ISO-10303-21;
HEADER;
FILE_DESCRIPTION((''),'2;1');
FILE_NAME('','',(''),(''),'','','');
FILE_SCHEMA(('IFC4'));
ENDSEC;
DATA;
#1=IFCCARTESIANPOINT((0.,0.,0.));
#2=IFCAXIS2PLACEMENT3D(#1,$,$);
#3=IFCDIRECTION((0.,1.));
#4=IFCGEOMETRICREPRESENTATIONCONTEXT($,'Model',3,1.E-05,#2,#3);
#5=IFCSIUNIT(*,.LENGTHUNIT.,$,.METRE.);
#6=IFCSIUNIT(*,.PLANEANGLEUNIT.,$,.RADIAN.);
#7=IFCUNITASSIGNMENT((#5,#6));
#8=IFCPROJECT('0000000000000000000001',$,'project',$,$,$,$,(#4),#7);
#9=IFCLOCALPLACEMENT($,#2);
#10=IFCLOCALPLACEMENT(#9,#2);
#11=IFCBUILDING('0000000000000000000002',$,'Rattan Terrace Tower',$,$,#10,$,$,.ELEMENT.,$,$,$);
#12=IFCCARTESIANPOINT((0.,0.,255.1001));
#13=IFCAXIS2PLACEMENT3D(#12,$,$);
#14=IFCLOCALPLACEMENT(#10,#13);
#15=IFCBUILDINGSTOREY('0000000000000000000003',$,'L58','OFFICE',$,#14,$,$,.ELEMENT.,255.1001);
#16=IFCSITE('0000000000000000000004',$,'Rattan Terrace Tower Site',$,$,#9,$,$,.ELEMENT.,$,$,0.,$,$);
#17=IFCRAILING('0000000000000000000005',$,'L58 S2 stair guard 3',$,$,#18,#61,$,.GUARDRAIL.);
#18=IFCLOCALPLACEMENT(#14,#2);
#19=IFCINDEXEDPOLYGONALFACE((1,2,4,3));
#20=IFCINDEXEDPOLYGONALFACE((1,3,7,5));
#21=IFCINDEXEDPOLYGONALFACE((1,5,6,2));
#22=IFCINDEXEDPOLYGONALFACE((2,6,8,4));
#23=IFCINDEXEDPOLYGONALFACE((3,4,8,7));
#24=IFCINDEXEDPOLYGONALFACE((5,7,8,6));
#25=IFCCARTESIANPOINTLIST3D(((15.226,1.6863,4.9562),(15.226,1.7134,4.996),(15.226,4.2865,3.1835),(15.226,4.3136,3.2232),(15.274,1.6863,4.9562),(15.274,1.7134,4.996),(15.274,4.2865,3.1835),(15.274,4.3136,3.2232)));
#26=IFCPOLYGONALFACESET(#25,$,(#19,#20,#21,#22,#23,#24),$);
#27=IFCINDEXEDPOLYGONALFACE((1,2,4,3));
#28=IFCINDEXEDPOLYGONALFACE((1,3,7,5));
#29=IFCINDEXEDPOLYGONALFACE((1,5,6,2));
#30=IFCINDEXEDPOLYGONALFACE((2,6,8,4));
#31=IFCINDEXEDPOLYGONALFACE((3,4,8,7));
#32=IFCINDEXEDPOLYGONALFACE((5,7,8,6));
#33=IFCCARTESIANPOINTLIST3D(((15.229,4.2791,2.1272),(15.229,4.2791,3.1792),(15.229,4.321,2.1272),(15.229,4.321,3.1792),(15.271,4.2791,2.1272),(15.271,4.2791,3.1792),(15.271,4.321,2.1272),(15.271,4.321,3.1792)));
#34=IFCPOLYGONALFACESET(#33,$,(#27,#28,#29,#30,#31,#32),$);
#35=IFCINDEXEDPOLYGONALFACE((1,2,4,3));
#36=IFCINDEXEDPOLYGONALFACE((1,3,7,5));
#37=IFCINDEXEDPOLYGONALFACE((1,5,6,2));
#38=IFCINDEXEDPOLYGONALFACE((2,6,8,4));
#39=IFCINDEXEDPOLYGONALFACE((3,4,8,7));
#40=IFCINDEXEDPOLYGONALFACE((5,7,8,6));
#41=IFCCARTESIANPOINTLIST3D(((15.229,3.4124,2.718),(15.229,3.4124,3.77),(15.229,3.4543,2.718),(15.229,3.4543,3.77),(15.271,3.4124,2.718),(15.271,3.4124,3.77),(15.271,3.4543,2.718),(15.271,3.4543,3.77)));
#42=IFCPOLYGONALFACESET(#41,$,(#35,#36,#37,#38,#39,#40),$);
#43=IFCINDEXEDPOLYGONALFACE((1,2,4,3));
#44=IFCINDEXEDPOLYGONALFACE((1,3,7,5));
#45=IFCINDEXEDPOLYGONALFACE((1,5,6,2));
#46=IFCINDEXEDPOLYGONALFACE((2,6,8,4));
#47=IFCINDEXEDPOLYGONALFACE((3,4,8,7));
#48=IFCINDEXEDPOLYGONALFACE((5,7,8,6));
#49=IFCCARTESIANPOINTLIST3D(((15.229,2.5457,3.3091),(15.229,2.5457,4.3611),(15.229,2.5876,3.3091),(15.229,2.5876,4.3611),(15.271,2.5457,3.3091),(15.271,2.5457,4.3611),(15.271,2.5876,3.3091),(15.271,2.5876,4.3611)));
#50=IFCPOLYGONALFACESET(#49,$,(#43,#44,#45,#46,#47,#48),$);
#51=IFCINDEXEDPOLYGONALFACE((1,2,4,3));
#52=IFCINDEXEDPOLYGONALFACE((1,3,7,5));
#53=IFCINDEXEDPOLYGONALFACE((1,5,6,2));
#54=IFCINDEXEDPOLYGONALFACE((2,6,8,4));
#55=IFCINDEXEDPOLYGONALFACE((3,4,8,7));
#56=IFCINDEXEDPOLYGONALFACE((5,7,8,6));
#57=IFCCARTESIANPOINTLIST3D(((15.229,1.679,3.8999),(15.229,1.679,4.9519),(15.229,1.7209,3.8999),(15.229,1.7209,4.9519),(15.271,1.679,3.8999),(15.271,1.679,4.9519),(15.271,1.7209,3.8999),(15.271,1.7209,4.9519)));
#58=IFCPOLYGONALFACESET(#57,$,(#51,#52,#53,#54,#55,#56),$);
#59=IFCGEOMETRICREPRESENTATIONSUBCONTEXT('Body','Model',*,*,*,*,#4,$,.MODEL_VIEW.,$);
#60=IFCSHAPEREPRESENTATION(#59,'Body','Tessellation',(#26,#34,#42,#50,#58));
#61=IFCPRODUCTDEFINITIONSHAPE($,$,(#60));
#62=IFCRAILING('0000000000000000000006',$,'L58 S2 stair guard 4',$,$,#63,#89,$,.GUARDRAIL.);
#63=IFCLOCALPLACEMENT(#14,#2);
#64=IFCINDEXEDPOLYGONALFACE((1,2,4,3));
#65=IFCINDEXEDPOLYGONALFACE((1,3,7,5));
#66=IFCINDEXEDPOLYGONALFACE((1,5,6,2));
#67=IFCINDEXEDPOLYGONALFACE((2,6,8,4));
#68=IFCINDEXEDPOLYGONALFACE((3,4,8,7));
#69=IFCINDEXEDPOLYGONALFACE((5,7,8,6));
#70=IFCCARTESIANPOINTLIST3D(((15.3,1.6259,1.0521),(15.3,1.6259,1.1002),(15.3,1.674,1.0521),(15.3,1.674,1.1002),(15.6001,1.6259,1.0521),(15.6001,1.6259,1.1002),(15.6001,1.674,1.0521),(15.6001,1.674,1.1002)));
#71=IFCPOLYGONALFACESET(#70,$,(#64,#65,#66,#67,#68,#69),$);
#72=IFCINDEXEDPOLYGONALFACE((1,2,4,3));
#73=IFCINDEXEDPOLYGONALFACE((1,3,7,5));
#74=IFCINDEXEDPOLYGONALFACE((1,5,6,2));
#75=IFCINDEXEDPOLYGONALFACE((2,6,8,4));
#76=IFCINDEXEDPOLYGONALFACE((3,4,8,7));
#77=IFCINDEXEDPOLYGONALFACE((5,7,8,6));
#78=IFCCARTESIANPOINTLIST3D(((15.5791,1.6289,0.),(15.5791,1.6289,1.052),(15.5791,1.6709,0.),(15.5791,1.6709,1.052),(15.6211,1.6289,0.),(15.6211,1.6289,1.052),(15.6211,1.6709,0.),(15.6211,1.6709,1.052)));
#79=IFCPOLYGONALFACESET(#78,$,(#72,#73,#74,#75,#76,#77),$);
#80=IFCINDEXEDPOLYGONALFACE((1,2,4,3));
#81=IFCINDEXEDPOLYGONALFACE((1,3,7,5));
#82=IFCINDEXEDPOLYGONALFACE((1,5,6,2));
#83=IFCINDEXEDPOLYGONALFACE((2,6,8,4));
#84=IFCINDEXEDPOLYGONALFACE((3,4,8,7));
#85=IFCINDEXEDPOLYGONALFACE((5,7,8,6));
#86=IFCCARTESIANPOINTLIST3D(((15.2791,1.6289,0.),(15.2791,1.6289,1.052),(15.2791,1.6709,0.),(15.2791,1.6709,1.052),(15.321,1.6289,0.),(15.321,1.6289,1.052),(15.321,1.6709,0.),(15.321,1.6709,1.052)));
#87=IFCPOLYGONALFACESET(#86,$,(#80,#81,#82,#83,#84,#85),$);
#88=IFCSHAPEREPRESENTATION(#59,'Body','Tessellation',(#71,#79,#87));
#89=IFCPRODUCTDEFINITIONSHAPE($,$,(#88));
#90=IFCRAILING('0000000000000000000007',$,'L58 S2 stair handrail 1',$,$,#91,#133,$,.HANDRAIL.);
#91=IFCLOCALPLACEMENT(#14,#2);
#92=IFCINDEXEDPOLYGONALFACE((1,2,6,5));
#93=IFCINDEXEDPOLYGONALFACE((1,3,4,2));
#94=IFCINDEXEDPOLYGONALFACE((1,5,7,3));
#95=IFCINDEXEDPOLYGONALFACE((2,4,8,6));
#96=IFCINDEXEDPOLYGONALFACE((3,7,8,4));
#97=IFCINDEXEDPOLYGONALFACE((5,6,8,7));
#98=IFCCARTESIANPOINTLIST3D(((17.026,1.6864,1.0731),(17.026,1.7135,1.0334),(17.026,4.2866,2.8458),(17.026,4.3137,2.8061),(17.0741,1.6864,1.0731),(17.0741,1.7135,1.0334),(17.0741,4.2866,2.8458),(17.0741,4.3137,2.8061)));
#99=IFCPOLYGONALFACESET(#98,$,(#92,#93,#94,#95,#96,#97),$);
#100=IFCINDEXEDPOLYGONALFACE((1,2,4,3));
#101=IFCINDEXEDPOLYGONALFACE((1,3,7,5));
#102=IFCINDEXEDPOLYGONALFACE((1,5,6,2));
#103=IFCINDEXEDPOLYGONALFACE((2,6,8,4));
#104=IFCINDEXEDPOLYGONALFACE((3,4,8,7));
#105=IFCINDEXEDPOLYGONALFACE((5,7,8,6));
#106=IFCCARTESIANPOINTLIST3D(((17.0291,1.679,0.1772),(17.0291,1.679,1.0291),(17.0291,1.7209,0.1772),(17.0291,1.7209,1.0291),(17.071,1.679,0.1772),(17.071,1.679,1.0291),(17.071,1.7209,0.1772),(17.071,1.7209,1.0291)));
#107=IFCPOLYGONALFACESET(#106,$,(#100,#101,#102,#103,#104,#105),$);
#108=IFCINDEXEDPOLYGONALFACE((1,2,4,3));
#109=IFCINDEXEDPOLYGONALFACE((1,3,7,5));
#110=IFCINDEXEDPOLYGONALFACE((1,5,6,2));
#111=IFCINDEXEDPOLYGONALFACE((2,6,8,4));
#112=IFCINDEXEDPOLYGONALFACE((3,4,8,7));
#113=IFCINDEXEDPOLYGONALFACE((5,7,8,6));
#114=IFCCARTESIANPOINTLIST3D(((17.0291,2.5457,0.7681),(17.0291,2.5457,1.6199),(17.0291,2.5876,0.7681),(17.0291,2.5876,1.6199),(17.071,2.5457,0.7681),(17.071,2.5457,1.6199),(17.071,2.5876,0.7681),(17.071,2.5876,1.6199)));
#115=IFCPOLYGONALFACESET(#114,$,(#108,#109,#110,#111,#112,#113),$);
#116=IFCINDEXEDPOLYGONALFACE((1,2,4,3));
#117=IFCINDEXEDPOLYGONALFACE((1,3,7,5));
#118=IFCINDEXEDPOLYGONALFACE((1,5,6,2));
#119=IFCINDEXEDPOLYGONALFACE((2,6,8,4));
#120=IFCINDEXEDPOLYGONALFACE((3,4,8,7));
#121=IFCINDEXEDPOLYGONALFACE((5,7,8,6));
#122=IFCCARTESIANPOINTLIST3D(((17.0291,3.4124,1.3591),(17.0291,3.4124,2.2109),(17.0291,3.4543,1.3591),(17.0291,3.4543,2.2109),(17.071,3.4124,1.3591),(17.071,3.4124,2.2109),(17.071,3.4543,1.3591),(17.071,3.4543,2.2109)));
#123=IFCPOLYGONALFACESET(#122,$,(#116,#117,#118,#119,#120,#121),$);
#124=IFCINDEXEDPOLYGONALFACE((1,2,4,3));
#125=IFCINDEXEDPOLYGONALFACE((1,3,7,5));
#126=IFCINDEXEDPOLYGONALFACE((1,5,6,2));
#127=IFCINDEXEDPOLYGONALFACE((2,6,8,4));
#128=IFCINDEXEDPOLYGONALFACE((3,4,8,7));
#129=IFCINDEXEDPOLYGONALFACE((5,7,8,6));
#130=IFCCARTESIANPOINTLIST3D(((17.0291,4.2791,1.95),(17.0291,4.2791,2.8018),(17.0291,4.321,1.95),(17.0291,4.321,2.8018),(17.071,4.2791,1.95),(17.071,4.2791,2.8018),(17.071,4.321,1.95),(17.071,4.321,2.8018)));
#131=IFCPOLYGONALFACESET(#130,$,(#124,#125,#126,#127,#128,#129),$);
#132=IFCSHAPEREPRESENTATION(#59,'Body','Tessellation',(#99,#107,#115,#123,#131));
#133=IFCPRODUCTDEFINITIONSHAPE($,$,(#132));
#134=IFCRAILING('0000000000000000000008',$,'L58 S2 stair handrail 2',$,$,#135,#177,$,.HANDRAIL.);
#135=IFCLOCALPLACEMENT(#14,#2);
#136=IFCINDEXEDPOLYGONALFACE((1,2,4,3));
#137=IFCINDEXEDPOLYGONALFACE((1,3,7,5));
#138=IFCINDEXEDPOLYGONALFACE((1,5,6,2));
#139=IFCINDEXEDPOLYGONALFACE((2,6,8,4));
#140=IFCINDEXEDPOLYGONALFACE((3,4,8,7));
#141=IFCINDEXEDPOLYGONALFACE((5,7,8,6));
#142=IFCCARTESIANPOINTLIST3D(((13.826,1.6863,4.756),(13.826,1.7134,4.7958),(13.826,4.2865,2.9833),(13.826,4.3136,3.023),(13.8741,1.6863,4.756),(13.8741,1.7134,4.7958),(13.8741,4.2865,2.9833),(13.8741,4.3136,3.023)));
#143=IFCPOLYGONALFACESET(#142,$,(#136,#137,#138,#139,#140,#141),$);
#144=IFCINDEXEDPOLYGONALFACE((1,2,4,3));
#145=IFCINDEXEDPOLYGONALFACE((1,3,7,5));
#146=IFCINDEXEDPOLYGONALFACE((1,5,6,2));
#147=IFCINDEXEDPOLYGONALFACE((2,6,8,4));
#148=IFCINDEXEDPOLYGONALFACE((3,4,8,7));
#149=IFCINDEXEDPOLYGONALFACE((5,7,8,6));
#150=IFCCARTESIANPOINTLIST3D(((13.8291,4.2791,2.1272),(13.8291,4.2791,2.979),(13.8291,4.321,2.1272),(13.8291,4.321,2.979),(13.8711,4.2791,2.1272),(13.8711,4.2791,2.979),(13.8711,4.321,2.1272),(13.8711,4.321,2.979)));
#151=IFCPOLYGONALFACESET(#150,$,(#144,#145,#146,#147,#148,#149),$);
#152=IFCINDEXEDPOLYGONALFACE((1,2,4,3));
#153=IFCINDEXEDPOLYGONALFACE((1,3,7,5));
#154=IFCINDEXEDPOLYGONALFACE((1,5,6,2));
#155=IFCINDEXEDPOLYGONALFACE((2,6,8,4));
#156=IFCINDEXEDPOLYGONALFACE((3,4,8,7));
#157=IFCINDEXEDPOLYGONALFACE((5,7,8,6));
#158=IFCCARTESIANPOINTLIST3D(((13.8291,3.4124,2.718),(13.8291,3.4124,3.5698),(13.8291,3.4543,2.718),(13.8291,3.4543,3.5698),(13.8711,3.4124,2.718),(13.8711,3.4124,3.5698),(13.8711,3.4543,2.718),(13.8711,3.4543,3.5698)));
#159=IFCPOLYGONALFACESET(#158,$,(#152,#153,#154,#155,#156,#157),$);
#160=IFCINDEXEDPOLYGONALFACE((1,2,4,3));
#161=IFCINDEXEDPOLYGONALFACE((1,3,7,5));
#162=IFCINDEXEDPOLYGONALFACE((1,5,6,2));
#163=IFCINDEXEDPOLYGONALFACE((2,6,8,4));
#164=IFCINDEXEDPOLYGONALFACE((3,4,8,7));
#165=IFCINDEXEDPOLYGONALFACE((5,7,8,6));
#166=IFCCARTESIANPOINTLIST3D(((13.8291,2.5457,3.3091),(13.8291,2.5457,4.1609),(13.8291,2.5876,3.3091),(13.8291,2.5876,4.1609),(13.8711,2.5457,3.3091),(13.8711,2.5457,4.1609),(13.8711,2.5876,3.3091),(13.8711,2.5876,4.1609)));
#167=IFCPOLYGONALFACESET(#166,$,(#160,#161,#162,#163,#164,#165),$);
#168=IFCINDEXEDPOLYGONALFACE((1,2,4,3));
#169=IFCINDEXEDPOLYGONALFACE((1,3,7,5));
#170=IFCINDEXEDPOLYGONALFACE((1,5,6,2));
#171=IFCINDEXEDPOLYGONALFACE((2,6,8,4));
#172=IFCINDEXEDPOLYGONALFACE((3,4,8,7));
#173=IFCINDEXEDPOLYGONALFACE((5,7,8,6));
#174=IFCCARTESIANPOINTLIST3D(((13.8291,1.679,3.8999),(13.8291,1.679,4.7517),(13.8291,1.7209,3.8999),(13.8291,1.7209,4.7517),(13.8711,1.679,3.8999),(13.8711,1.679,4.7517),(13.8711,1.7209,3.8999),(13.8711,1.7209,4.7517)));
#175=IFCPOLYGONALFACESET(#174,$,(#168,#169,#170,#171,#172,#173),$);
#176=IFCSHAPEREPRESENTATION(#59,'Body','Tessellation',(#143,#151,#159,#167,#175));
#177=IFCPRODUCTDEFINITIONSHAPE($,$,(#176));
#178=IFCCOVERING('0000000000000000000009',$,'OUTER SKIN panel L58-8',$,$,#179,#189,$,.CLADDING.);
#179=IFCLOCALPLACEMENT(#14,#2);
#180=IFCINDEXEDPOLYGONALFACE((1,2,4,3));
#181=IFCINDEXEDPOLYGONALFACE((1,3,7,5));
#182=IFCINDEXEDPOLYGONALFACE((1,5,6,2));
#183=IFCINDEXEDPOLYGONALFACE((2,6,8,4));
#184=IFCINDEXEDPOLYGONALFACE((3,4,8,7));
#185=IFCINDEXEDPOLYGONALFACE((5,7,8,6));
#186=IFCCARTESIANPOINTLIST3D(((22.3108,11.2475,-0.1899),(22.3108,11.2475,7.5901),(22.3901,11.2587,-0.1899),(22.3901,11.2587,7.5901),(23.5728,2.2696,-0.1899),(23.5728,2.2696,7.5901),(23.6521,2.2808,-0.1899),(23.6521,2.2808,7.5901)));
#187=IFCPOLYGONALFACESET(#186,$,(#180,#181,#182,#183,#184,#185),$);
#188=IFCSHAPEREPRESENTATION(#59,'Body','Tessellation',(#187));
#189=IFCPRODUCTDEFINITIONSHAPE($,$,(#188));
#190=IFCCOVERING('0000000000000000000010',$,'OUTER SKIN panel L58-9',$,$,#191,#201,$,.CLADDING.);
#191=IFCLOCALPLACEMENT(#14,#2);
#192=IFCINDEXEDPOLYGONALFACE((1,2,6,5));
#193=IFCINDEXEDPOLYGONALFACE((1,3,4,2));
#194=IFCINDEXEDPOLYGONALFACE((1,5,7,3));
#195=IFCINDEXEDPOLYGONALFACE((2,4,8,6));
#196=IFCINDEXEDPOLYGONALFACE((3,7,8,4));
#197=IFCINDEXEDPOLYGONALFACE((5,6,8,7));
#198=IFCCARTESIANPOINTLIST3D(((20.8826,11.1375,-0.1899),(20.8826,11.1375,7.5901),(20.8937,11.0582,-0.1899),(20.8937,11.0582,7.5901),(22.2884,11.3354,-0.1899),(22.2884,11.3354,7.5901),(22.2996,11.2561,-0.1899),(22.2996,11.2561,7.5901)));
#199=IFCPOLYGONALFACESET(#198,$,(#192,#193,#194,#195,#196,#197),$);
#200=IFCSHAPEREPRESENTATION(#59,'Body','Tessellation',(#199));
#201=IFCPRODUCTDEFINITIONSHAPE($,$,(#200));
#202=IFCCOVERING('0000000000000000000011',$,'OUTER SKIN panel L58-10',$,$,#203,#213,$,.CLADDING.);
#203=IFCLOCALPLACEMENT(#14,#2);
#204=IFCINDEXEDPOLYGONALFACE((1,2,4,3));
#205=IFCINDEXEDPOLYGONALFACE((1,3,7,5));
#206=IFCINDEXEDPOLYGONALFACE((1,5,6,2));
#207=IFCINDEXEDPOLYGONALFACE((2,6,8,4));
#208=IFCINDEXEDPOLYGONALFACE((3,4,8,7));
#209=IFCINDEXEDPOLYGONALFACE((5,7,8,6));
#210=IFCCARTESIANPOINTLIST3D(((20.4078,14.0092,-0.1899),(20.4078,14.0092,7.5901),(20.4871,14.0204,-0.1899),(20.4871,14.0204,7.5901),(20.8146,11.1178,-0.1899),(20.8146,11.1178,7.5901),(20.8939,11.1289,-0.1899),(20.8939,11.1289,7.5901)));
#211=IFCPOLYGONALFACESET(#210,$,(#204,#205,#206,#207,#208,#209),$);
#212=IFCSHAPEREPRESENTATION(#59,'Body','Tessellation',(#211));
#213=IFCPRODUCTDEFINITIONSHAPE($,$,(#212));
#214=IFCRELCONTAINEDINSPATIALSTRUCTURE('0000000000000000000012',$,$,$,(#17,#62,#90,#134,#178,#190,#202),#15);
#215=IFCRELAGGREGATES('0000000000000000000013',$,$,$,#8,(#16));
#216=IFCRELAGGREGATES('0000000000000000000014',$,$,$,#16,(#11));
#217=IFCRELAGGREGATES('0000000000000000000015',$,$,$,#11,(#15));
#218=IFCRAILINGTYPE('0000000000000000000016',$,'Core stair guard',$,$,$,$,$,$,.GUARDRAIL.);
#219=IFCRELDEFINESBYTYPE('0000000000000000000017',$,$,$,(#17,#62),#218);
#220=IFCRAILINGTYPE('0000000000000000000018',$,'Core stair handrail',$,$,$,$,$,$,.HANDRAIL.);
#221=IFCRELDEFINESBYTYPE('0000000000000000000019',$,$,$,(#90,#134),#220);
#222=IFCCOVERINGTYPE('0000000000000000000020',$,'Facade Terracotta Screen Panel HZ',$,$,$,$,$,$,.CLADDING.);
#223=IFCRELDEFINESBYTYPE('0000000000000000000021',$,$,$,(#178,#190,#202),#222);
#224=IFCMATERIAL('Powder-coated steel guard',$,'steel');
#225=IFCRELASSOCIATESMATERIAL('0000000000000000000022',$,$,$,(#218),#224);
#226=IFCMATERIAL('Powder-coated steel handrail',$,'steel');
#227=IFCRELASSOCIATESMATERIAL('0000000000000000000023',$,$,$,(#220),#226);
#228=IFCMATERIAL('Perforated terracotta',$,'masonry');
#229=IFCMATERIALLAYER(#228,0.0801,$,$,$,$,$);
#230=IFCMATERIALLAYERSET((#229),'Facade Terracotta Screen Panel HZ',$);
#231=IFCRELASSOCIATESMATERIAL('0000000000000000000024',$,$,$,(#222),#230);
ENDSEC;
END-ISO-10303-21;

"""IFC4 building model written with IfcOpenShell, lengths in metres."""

from ifc_helpers import new_model, si_unit, direction, frame, origin, origin_2d, place, context, subcontext, project, spatial, rectangle, extrude, material, layer, layer_set, type_object, element, save


model = new_model("IFC4")

# Units and contexts
model_context = context("Model", 3, precision=1e-05, world=origin(), true_north=direction((0.0, 1.0)))
body_context = subcontext(model_context, "Body", "Model", "MODEL_VIEW")
ifc_project = project(units=[si_unit("LENGTHUNIT", "METRE"), si_unit("PLANEANGLEUNIT", "RADIAN")], contexts=[model_context])

# Site, building, storey
site_placement = place(None, origin())
site = spatial("IfcSite", under=ifc_project, at=site_placement, Name="Rattan Terrace Tower Site", CompositionType="ELEMENT", RefElevation=0.0)
building_placement = place(site_placement, origin())
building = spatial("IfcBuilding", under=site, at=building_placement, Name="Rattan Terrace Tower", CompositionType="ELEMENT")
storey_placement = place(building_placement, frame((0.0, 0.0, 255.1001)))
storey = spatial("IfcBuildingStorey", under=building, at=storey_placement, Name="L58", Description="OFFICE", CompositionType="ELEMENT", Elevation=255.1001)

# Railings
ifc_material_1 = material(Name="Powder-coated steel guard", Category="steel")
railing_type_1 = type_object("IfcRailingType", Name="Core stair guard", PredefinedType="GUARDRAIL", material=ifc_material_1)
railing_1_placement = place(storey_placement, frame((15.25, 4.3, 2.1272)))
element("IfcRailing", 1, at=railing_1_placement, inside=storey, type_object=railing_type_1, Name="L58 S2 stair guard 3", PredefinedType="GUARDRAIL", context=body_context, shape_type="SweptSolid", body=[
    extrude(rectangle(XDim=0.0481, YDim=0.0481, at=origin_2d()), frame((0.0, 0.0, 1.0762), z_axis=(0.0, -0.82624, 0.563318), x_axis=(1.0, 0.0, 0.0)), (0.0, 0.0, 1.0), 3.147),
    extrude(rectangle(XDim=0.042, YDim=0.042, at=origin_2d()), origin(), (0.0, 0.0, 1.0), 1.052),
    extrude(rectangle(XDim=0.042, YDim=0.042, at=origin_2d()), frame((0.0, -0.8667, 0.5908)), (0.0, 0.0, 1.0), 1.052),
    extrude(rectangle(XDim=0.042, YDim=0.042, at=origin_2d()), frame((0.0, -1.7334, 1.1819)), (0.0, 0.0, 1.0), 1.052),
    extrude(rectangle(XDim=0.042, YDim=0.042, at=origin_2d()), frame((0.0, -2.6001, 1.7727)), (0.0, 0.0, 1.0), 1.052),
])
railing_2_placement = place(storey_placement, frame((15.6001, 1.6499, 0.0)))
element("IfcRailing", 2, at=railing_2_placement, inside=storey, type_object=railing_type_1, Name="L58 S2 stair guard 4", PredefinedType="GUARDRAIL", context=body_context, shape_type="SweptSolid", body=[
    extrude(rectangle(XDim=0.0481, YDim=0.0481, at=origin_2d()), frame((0.0, 0.0, 1.0762), z_axis=(-1.0, 0.0, 0.0), x_axis=(0.0, -1.0, 0.0)), (0.0, 0.0, 1.0), 0.3),
    extrude(rectangle(XDim=0.042, YDim=0.042, at=origin_2d()), origin(), (0.0, 0.0, 1.0), 1.052),
    extrude(rectangle(XDim=0.042, YDim=0.042, at=origin_2d()), frame((-0.3, 0.0, 0.0)), (0.0, 0.0, 1.0), 1.052),
])
ifc_material_2 = material(Name="Powder-coated steel handrail", Category="steel")
railing_type_2 = type_object("IfcRailingType", Name="Core stair handrail", PredefinedType="HANDRAIL", material=ifc_material_2)
railing_3_placement = place(storey_placement, frame((17.05, 1.7, 0.1772)))
element("IfcRailing", 3, at=railing_3_placement, inside=storey, type_object=railing_type_2, Name="L58 S2 stair handrail 1", PredefinedType="HANDRAIL", context=body_context, shape_type="SweptSolid", body=[
    extrude(rectangle(XDim=0.0481, YDim=0.0481, at=origin_2d()), frame((0.0, 0.0, 0.876), z_axis=(0.0, 0.82624, 0.563318), x_axis=(-1.0, 0.0, 0.0)), (0.0, 0.0, 1.0), 3.147),
    extrude(rectangle(XDim=0.042, YDim=0.042, at=origin_2d()), origin(), (0.0, 0.0, 1.0), 0.8518),
    extrude(rectangle(XDim=0.042, YDim=0.042, at=origin_2d()), frame((0.0, 0.8667, 0.5908)), (0.0, 0.0, 1.0), 0.8518),
    extrude(rectangle(XDim=0.042, YDim=0.042, at=origin_2d()), frame((0.0, 1.7334, 1.1819)), (0.0, 0.0, 1.0), 0.8518),
    extrude(rectangle(XDim=0.042, YDim=0.042, at=origin_2d()), frame((0.0, 2.6001, 1.7727)), (0.0, 0.0, 1.0), 0.8518),
])
railing_4_placement = place(storey_placement, frame((13.8501, 4.3, 2.1272)))
element("IfcRailing", 4, at=railing_4_placement, inside=storey, type_object=railing_type_2, Name="L58 S2 stair handrail 2", PredefinedType="HANDRAIL", context=body_context, shape_type="SweptSolid", body=[
    extrude(rectangle(XDim=0.0481, YDim=0.0481, at=origin_2d()), frame((0.0, 0.0, 0.876), z_axis=(0.0, -0.82624, 0.563318), x_axis=(1.0, 0.0, 0.0)), (0.0, 0.0, 1.0), 3.147),
    extrude(rectangle(XDim=0.042, YDim=0.042, at=origin_2d()), origin(), (0.0, 0.0, 1.0), 0.8518),
    extrude(rectangle(XDim=0.042, YDim=0.042, at=origin_2d()), frame((0.0, -0.8667, 0.5908)), (0.0, 0.0, 1.0), 0.8518),
    extrude(rectangle(XDim=0.042, YDim=0.042, at=origin_2d()), frame((0.0, -1.7334, 1.1819)), (0.0, 0.0, 1.0), 0.8518),
    extrude(rectangle(XDim=0.042, YDim=0.042, at=origin_2d()), frame((0.0, -2.6001, 1.7727)), (0.0, 0.0, 1.0), 0.8518),
])

# Coverings
ifc_material_3 = material(Name="Perforated terracotta", Category="masonry")
ifc_layer_1 = layer(ifc_material_3, 0.0801)
ifc_layer_set_1 = layer_set([ifc_layer_1], Name="Facade Terracotta Screen Panel HZ")
covering_type = type_object("IfcCoveringType", Name="Facade Terracotta Screen Panel HZ", PredefinedType="CLADDING", material=ifc_layer_set_1)
covering_1_placement = place(storey_placement, frame((22.9814, 6.7642, -0.1899), z_axis=(0.0, 0.0, 1.0), x_axis=(-0.139192, 0.990265, 0.0)))
element("IfcCovering", 5, at=covering_1_placement, inside=storey, type_object=covering_type, Name="OUTER SKIN panel L58-8", PredefinedType="CLADDING", context=body_context, shape_type="SweptSolid", body=[
    extrude(rectangle(XDim=9.0662, YDim=0.0801, at=origin_2d()), origin(), (0.0, 0.0, 1.0), 7.78),
])
covering_2_placement = place(storey_placement, frame((21.5911, 11.1968, -0.1899), z_axis=(0.0, 0.0, 1.0), x_axis=(-0.990241, -0.139367, 0.0)))
element("IfcCovering", 6, at=covering_2_placement, inside=storey, type_object=covering_type, Name="OUTER SKIN panel L58-9", PredefinedType="CLADDING", context=body_context, shape_type="SweptSolid", body=[
    extrude(rectangle(XDim=1.4197, YDim=0.0801, at=origin_2d()), origin(), (0.0, 0.0, 1.0), 7.78),
])
covering_3_placement = place(storey_placement, frame((20.6509, 12.5691, -0.1899), z_axis=(0.0, 0.0, 1.0), x_axis=(-0.139321, 0.990247, 0.0)))
element("IfcCovering", 7, at=covering_3_placement, inside=storey, type_object=covering_type, Name="OUTER SKIN panel L58-10", PredefinedType="CLADDING", context=body_context, shape_type="SweptSolid", body=[
    extrude(rectangle(XDim=2.9199, YDim=0.0801, at=origin_2d()), origin(), (0.0, 0.0, 1.0), 7.78),
])

save(model, "model.ifc")
